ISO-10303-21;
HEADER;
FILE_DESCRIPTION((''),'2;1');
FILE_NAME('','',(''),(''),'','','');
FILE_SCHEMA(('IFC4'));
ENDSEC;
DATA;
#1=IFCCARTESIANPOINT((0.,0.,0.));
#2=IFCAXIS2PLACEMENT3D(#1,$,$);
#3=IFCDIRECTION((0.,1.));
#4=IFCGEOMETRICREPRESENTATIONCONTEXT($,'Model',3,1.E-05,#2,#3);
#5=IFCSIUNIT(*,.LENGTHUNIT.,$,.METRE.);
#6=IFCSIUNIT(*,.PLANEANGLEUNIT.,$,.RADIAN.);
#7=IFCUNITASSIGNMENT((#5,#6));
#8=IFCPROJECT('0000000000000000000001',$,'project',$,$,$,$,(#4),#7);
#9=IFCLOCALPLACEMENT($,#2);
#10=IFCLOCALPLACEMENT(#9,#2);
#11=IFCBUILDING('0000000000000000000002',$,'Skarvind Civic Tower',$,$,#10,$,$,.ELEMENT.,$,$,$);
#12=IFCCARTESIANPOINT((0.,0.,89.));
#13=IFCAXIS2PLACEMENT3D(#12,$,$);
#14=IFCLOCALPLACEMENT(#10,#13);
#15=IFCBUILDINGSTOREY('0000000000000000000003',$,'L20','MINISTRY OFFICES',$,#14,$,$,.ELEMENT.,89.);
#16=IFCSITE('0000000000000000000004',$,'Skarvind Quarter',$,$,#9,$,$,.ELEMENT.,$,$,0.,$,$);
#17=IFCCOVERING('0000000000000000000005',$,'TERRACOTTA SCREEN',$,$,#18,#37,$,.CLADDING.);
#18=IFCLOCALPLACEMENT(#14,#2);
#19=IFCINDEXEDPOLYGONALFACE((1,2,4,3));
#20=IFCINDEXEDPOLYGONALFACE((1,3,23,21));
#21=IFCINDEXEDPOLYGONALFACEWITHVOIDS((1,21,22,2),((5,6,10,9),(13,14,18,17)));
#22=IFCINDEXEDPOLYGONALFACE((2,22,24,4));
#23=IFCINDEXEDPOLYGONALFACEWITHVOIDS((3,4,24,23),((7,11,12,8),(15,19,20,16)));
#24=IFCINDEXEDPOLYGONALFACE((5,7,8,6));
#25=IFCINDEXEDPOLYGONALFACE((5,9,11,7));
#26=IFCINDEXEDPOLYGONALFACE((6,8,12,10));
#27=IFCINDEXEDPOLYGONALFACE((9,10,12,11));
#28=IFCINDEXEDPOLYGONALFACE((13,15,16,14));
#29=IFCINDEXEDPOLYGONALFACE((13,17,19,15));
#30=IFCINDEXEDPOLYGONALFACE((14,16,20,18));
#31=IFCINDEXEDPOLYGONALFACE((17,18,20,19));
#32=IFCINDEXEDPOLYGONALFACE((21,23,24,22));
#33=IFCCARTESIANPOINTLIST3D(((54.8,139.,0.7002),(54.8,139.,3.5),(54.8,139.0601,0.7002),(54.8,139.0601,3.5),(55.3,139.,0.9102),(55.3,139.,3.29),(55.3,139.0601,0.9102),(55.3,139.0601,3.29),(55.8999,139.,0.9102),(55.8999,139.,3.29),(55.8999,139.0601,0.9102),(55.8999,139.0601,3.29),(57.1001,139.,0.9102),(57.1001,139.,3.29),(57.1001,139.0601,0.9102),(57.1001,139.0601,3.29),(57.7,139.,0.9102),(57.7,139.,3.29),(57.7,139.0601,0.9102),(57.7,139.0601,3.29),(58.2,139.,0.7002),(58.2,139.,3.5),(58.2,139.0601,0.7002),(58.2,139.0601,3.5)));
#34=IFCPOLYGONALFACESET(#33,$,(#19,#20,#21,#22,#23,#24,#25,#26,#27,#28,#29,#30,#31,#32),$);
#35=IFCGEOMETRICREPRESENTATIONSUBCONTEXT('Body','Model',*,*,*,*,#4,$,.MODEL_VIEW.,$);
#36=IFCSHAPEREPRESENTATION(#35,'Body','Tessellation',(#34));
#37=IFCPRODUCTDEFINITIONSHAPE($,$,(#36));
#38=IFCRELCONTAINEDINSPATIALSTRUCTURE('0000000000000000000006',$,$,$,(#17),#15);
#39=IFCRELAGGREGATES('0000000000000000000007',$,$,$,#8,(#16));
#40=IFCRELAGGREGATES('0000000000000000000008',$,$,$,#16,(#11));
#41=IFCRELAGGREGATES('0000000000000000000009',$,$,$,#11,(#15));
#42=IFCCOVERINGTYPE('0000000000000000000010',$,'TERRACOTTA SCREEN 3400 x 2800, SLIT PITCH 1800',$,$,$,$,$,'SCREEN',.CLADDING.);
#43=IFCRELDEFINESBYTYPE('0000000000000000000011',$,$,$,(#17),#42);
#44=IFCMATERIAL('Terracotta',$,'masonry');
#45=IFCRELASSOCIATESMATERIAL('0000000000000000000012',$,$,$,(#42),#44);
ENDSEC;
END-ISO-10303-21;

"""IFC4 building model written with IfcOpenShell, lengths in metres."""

from ifc_helpers import new_model, si_unit, direction, frame, origin, place, context, subcontext, project, spatial, polyline, outline, extrude, material, material_profile, profile_set, type_object, element, save


model = new_model("IFC4")

# Units and contexts
model_context = context("Model", 3, precision=1e-05, world=origin(), true_north=direction((0.0, 1.0)))
body_context = subcontext(model_context, "Body", "Model", "MODEL_VIEW")
ifc_project = project(units=[si_unit("LENGTHUNIT", "METRE"), si_unit("PLANEANGLEUNIT", "RADIAN")], contexts=[model_context])

# Site, building, storey
site_placement = place(None, origin())
site = spatial("IfcSite", under=ifc_project, at=site_placement, Name="Skarvind Quarter", CompositionType="ELEMENT", RefElevation=0.0)
building_placement = place(site_placement, origin())
building = spatial("IfcBuilding", under=site, at=building_placement, Name="Skarvind Civic Tower", CompositionType="ELEMENT")
storey_placement = place(building_placement, frame((0.0, 0.0, 89.0)))
storey = spatial("IfcBuildingStorey", under=building, at=storey_placement, Name="L20", Description="MINISTRY OFFICES", CompositionType="ELEMENT", Elevation=89.0)

# Covering
ifc_material_1 = material(Name="Terracotta", Category="masonry")
ifc_material_profile_1 = material_profile(ifc_material_1, outline(polyline([(-1.7, -1.3999), (1.7, -1.3999), (1.7, 1.3999), (-1.7, 1.3999), (-1.7, -1.3999)]), holes=[polyline([(-1.2, -1.1899), (-0.6001, -1.1899), (-0.6001, 1.1899), (-1.2, 1.1899), (-1.2, -1.1899)]), polyline([(0.6001, -1.1899), (1.2, -1.1899), (1.2, 1.1899), (0.6001, 1.1899), (0.6001, -1.1899)])]), Name="TERRACOTTA SCREEN 3400 x 2800, SLIT PITCH 1800")
ifc_profile_set_1 = profile_set([ifc_material_profile_1], Name="Terracotta")
covering_type = type_object("IfcCoveringType", Name="TERRACOTTA SCREEN 3400 x 2800, SLIT PITCH 1800", ElementType="SCREEN", PredefinedType="CLADDING", material=ifc_profile_set_1)
covering_placement = place(storey_placement, frame((56.5, 139.0, 2.1001), z_axis=(0.0, 1.0, 0.0), x_axis=(-1.0, 0.0, 0.0)))
element("IfcCovering", 1, at=covering_placement, inside=storey, type_object=covering_type, Name="TERRACOTTA SCREEN", PredefinedType="CLADDING", context=body_context, shape_type="SweptSolid", body=[
    extrude(outline(polyline([(-1.7, -1.3999), (1.7, -1.3999), (1.7, 1.3999), (-1.7, 1.3999), (-1.7, -1.3999)]), holes=[polyline([(-1.2, -1.1899), (-0.6001, -1.1899), (-0.6001, 1.1899), (-1.2, 1.1899), (-1.2, -1.1899)]), polyline([(0.6001, -1.1899), (1.2, -1.1899), (1.2, 1.1899), (0.6001, 1.1899), (0.6001, -1.1899)])]), origin(), (0.0, 0.0, 1.0), 0.0601),
])

save(model, "model.ifc")
